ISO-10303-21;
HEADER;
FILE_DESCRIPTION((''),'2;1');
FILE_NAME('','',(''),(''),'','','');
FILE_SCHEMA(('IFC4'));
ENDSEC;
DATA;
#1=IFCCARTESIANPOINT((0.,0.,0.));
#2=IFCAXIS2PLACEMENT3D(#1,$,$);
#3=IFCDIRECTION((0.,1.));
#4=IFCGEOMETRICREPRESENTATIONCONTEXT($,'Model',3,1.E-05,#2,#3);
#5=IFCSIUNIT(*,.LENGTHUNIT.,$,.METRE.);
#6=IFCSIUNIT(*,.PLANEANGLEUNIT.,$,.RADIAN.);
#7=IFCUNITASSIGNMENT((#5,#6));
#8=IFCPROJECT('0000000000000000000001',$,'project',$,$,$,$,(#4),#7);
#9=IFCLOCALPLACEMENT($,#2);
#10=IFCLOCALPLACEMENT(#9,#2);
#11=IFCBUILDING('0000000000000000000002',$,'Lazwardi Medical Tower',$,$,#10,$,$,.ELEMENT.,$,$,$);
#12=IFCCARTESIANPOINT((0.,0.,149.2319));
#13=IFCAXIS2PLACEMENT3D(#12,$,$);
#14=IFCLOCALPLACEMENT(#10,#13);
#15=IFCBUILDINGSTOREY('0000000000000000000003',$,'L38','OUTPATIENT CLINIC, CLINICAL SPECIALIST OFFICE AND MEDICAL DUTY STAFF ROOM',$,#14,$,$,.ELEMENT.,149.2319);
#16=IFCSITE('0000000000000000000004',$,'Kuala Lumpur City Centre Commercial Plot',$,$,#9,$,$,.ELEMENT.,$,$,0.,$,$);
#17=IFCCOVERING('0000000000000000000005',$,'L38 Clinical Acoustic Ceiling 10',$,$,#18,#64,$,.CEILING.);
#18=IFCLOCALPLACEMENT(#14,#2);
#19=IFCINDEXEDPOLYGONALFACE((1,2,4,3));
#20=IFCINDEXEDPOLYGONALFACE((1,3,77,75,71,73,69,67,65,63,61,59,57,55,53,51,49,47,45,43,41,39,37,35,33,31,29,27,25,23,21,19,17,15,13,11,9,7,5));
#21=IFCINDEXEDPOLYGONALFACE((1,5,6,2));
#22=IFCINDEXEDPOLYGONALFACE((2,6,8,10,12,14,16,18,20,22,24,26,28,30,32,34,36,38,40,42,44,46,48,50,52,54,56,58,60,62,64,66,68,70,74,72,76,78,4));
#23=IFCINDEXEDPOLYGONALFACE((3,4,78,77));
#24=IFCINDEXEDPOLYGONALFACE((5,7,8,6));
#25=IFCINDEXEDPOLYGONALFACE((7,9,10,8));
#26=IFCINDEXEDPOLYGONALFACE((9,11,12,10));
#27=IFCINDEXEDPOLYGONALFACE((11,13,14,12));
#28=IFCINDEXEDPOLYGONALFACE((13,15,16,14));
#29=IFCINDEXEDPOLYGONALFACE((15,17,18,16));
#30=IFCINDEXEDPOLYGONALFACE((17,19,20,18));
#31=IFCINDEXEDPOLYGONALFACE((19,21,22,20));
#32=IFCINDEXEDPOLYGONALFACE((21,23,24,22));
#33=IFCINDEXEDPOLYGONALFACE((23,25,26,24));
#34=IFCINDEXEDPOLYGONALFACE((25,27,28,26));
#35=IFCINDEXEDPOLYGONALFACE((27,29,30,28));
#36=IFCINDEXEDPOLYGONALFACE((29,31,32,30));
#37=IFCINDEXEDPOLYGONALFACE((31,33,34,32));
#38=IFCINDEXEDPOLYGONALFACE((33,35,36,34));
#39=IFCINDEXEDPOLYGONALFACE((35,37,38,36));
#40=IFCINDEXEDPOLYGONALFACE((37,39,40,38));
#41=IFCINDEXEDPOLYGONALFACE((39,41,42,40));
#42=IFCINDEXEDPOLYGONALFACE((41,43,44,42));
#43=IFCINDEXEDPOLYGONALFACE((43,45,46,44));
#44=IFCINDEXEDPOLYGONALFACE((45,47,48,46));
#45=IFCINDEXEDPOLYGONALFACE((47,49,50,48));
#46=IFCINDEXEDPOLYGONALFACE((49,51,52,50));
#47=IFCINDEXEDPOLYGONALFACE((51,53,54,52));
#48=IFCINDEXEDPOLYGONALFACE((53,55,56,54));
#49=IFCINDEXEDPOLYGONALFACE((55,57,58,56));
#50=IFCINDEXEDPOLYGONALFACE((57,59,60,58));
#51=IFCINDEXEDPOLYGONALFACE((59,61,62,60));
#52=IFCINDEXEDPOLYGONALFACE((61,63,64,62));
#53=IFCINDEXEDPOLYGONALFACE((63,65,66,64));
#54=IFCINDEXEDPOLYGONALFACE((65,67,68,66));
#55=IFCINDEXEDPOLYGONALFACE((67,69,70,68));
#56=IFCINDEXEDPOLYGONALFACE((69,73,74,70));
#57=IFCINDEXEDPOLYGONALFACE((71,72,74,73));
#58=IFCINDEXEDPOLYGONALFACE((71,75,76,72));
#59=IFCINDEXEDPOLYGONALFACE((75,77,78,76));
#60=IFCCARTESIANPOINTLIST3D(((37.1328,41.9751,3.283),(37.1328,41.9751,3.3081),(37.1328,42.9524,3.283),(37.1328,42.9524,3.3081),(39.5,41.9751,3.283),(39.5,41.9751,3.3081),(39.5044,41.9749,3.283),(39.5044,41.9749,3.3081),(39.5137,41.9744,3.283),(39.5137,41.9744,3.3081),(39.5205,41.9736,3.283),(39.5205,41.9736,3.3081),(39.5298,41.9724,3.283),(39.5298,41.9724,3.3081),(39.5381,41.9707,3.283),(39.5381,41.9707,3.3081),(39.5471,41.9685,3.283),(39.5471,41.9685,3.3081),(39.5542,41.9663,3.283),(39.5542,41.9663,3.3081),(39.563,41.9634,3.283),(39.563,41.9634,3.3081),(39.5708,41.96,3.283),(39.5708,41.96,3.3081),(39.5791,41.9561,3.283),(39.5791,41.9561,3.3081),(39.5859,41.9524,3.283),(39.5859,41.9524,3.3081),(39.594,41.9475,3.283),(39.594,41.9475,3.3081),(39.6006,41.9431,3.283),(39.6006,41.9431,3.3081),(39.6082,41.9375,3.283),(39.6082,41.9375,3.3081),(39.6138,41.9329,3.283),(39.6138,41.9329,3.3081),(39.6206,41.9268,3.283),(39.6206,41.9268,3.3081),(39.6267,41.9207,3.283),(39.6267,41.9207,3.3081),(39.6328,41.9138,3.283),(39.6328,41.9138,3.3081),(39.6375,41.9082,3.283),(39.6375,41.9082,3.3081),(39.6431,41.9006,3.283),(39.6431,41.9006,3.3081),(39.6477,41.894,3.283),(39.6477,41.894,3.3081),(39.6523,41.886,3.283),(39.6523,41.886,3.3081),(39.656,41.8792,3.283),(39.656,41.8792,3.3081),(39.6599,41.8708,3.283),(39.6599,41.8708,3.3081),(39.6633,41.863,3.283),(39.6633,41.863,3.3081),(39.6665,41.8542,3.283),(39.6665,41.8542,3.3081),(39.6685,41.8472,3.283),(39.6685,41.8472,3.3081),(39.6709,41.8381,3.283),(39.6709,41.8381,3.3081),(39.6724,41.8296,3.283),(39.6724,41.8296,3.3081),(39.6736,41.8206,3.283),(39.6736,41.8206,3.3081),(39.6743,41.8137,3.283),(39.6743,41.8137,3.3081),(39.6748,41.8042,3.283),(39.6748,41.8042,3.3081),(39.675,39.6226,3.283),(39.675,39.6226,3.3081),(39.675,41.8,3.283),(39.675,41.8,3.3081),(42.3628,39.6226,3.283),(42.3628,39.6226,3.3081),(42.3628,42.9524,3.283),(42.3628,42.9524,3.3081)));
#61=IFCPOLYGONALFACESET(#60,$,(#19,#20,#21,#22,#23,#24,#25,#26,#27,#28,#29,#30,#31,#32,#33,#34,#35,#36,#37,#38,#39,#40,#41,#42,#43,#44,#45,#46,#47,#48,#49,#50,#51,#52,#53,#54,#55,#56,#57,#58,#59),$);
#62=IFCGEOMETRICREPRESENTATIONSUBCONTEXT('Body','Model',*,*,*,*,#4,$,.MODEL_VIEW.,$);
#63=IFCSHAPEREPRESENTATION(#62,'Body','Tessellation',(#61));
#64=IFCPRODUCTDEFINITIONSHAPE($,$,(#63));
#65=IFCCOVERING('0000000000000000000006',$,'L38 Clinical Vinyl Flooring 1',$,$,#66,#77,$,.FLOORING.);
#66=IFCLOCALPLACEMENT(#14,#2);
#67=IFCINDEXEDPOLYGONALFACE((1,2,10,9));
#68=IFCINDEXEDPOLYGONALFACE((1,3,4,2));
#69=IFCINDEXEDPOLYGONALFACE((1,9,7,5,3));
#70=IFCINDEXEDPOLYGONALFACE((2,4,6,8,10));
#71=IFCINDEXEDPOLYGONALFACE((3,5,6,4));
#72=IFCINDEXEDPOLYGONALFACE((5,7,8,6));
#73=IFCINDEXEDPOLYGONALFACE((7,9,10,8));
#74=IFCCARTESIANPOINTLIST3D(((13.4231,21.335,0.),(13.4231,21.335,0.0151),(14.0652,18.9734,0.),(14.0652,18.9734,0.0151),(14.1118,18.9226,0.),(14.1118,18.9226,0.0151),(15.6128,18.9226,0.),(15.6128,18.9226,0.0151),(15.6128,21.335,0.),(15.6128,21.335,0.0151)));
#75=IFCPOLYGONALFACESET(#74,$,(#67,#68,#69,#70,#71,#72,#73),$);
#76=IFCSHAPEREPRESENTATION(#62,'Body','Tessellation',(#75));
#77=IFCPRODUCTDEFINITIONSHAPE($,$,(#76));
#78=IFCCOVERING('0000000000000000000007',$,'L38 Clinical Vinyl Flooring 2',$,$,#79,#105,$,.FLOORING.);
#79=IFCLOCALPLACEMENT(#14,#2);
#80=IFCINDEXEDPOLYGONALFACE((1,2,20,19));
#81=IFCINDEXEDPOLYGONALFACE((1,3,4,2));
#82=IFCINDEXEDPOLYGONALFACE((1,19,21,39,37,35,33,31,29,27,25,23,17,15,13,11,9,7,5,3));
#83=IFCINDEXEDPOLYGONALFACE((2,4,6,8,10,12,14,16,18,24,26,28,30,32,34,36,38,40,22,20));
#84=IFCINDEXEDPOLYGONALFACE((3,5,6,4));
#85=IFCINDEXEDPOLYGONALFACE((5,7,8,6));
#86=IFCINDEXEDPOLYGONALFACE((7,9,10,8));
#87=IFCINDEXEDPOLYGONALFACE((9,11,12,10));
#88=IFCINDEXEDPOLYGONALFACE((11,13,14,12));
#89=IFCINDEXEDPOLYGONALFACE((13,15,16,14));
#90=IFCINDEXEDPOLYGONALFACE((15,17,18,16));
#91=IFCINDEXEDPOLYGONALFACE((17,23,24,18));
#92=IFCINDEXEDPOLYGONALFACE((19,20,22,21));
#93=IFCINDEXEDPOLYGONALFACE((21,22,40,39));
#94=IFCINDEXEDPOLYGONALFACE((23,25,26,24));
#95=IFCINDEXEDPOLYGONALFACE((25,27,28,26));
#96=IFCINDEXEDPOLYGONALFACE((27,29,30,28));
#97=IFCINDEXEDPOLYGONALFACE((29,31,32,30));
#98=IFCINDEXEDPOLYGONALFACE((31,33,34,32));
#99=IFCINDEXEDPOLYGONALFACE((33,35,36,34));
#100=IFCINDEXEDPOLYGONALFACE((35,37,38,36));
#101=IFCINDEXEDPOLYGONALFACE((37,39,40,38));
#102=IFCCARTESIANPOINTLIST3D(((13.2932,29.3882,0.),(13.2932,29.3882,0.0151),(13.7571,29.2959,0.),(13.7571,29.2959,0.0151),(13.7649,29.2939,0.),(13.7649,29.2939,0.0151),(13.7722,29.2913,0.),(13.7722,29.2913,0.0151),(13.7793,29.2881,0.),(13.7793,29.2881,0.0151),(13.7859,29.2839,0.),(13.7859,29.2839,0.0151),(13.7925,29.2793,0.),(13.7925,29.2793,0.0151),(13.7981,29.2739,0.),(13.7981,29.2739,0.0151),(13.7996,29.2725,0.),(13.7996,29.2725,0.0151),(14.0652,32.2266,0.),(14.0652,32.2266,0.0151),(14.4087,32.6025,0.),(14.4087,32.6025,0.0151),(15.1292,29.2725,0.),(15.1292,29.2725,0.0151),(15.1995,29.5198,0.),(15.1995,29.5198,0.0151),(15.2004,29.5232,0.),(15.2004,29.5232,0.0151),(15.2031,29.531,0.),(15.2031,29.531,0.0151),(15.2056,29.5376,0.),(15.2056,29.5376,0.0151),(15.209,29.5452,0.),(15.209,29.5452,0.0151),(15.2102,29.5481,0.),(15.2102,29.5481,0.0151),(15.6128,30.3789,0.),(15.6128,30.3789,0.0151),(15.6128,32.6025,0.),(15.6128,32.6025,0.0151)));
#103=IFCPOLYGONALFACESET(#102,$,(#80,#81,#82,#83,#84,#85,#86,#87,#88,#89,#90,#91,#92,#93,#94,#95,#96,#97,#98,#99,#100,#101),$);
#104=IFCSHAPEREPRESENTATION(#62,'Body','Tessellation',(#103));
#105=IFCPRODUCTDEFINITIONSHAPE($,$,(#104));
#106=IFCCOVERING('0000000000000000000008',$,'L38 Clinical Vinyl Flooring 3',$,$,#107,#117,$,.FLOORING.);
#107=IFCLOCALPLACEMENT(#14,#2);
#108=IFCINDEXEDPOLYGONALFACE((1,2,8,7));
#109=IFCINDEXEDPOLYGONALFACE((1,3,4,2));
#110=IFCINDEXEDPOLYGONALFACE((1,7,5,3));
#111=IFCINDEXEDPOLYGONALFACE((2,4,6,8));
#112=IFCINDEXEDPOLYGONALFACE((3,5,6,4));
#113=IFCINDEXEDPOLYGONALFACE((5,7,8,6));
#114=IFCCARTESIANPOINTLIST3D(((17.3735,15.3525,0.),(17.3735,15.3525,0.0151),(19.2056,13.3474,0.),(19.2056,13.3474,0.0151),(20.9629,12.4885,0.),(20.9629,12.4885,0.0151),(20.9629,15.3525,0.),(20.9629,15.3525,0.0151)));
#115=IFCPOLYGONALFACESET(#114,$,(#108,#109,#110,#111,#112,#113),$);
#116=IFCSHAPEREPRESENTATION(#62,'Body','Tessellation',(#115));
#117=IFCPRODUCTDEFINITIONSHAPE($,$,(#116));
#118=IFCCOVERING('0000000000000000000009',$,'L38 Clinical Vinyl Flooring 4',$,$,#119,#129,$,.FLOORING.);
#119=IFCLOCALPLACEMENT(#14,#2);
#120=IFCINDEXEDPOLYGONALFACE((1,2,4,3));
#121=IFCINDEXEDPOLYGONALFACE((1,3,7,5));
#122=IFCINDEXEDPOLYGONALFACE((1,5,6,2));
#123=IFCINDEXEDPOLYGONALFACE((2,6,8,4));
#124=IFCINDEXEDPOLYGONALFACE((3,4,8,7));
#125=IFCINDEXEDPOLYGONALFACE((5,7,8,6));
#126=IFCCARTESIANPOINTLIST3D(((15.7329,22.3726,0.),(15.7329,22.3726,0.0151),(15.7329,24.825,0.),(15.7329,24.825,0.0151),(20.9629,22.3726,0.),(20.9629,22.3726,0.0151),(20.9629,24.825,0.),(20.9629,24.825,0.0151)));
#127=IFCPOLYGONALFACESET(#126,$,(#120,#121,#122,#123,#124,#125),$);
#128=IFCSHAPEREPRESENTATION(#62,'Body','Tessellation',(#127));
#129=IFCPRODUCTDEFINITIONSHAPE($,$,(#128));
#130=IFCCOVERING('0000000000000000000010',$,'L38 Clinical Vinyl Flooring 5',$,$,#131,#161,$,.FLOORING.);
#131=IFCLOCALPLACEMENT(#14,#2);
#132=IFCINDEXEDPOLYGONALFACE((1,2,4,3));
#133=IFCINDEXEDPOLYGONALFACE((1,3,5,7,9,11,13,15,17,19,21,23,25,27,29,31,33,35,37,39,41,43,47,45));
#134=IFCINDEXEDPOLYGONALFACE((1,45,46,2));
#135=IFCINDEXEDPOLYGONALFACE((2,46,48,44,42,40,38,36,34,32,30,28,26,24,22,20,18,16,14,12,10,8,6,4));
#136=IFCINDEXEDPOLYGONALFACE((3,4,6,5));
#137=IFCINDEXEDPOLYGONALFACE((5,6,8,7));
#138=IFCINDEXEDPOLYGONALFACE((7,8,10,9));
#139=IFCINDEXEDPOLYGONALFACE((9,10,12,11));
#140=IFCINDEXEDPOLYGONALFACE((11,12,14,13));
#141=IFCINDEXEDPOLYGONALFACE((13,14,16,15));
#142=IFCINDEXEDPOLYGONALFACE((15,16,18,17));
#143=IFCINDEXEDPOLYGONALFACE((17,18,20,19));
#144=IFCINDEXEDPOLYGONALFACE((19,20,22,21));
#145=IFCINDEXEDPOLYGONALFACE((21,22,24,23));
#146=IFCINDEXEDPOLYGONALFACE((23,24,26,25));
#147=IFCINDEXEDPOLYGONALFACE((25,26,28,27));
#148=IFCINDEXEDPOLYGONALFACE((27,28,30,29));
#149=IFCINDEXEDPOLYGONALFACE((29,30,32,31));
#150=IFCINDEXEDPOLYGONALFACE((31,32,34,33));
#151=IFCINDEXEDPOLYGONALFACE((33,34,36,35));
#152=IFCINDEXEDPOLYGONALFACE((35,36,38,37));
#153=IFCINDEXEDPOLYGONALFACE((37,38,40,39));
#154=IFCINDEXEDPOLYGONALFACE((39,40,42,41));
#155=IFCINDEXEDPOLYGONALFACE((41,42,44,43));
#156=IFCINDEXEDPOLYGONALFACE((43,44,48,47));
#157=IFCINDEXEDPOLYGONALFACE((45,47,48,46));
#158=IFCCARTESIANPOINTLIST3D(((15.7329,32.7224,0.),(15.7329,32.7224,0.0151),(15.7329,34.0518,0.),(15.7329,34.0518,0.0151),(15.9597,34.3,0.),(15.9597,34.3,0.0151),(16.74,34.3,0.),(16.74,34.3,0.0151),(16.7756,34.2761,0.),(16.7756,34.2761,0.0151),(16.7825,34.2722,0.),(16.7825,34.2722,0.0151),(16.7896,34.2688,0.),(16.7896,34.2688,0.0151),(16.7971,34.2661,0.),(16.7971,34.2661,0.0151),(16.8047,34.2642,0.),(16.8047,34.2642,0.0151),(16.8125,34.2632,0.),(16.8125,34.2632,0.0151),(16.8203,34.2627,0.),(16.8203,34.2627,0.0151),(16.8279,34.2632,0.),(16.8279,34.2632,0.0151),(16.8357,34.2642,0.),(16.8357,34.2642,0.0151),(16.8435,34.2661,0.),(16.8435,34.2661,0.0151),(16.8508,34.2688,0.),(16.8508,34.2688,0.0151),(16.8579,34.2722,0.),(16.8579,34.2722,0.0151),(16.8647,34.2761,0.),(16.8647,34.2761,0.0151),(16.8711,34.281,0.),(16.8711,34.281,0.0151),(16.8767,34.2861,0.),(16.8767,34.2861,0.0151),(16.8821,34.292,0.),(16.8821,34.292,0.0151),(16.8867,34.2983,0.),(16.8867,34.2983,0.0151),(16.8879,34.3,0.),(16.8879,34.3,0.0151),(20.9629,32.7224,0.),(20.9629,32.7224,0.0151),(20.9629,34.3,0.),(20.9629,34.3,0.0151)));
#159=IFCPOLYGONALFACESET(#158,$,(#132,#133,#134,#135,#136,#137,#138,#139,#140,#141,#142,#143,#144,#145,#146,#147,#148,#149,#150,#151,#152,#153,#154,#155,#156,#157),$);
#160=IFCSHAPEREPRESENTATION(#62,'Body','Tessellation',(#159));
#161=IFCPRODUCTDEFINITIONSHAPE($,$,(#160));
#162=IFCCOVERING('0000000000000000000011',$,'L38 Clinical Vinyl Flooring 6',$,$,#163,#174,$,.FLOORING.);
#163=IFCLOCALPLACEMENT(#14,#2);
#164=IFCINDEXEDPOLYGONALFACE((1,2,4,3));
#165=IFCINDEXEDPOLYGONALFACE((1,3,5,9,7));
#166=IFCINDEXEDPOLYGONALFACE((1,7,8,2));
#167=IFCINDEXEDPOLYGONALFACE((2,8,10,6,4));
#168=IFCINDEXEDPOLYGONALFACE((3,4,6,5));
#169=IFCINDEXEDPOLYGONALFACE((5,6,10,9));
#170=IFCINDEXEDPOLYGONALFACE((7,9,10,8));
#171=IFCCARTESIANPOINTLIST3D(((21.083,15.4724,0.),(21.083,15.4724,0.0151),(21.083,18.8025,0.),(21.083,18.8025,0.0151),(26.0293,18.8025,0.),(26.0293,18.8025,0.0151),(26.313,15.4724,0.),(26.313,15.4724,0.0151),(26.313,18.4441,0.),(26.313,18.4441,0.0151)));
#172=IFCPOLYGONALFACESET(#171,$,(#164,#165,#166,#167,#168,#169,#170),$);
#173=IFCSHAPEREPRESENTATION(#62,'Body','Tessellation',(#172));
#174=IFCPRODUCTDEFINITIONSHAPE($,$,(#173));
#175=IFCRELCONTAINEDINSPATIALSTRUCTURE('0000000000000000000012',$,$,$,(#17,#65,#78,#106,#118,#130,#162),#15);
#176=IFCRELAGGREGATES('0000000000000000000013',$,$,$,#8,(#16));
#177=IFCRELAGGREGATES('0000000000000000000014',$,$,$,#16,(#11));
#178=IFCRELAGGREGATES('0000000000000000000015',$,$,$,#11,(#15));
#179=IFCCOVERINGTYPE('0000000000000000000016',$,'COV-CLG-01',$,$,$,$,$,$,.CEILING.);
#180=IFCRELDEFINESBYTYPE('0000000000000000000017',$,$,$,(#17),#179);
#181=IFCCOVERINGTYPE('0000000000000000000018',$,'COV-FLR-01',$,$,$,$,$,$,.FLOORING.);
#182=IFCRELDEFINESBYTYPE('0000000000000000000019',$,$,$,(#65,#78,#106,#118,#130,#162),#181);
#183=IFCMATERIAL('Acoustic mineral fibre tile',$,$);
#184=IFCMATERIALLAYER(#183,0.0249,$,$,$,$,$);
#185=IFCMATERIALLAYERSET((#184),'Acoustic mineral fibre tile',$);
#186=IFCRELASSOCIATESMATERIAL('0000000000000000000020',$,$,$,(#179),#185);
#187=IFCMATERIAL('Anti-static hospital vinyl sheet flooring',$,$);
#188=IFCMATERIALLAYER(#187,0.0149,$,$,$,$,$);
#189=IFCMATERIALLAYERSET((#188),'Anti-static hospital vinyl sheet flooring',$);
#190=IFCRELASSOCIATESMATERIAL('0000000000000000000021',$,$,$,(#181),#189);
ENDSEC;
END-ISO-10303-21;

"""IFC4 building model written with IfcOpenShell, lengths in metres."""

from ifc_helpers import new_model, si_unit, direction, frame, origin, place, context, subcontext, project, spatial, polyline, outline, extrude, material, layer, layer_set, type_object, element, save


model = new_model("IFC4")

# Units and contexts
model_context = context("Model", 3, precision=1e-05, world=origin(), true_north=direction((0.0, 1.0)))
body_context = subcontext(model_context, "Body", "Model", "MODEL_VIEW")
ifc_project = project(units=[si_unit("LENGTHUNIT", "METRE"), si_unit("PLANEANGLEUNIT", "RADIAN")], contexts=[model_context])

# Site, building, storey
site_placement = place(None, origin())
site = spatial("IfcSite", under=ifc_project, at=site_placement, Name="Kuala Lumpur City Centre Commercial Plot", CompositionType="ELEMENT", RefElevation=0.0)
building_placement = place(site_placement, origin())
building = spatial("IfcBuilding", under=site, at=building_placement, Name="Lazwardi Medical Tower", CompositionType="ELEMENT")
storey_placement = place(building_placement, frame((0.0, 0.0, 149.2319)))
storey = spatial("IfcBuildingStorey", under=building, at=storey_placement, Name="L38", Description="OUTPATIENT CLINIC, CLINICAL SPECIALIST OFFICE AND MEDICAL DUTY STAFF ROOM", CompositionType="ELEMENT", Elevation=149.2319)

# Coverings
ifc_material_1 = material(Name="Acoustic mineral fibre tile")
ifc_layer_1 = layer(ifc_material_1, 0.0249)
ifc_layer_set_1 = layer_set([ifc_layer_1], Name="Acoustic mineral fibre tile")
covering_type_1 = type_object("IfcCoveringType", Name="COV-CLG-01", PredefinedType="CEILING", material=ifc_layer_set_1)
covering_1_placement = place(storey_placement, frame((0.0, 0.0, 3.283)))
element("IfcCovering", 1, at=covering_1_placement, inside=storey, type_object=covering_type_1, Name="L38 Clinical Acoustic Ceiling 10", PredefinedType="CEILING", context=body_context, shape_type="SweptSolid", body=[
    extrude(outline(polyline([(37.1328, 41.9751), (39.5, 41.9751), (39.5044, 41.9749), (39.5137, 41.9744), (39.5205, 41.9736), (39.5298, 41.9724), (39.5381, 41.9707), (39.5471, 41.9685), (39.5542, 41.9663), (39.563, 41.9634), (39.5708, 41.96), (39.5791, 41.9561), (39.5859, 41.9524), (39.594, 41.9475), (39.6006, 41.9431), (39.6082, 41.9375), (39.6138, 41.9329), (39.6206, 41.9268), (39.6267, 41.9207), (39.6328, 41.9138), (39.6375, 41.9082), (39.6431, 41.9006), (39.6477, 41.894), (39.6523, 41.886), (39.656, 41.8792), (39.6599, 41.8708), (39.6633, 41.863), (39.6665, 41.8542), (39.6685, 41.8472), (39.6709, 41.8381), (39.6724, 41.8296), (39.6736, 41.8206), (39.6743, 41.8137), (39.6748, 41.8042), (39.675, 41.8), (39.675, 39.6226), (42.3628, 39.6226), (42.3628, 42.9524), (37.1328, 42.9524), (37.1328, 41.9751)])), origin(), (0.0, 0.0, 1.0), 0.0251),
])
ifc_material_2 = material(Name="Anti-static hospital vinyl sheet flooring")
ifc_layer_2 = layer(ifc_material_2, 0.0149)
ifc_layer_set_2 = layer_set([ifc_layer_2], Name="Anti-static hospital vinyl sheet flooring")
covering_type_2 = type_object("IfcCoveringType", Name="COV-FLR-01", PredefinedType="FLOORING", material=ifc_layer_set_2)
covering_2_placement = place(storey_placement, origin())
element("IfcCovering", 2, at=covering_2_placement, inside=storey, type_object=covering_type_2, Name="L38 Clinical Vinyl Flooring 1", PredefinedType="FLOORING", context=body_context, shape_type="SweptSolid", body=[
    extrude(outline(polyline([(15.6128, 21.335), (13.4231, 21.335), (14.0652, 18.9734), (14.1118, 18.9226), (15.6128, 18.9226), (15.6128, 21.335)])), origin(), (0.0, 0.0, 1.0), 0.0151),
])
covering_3_placement = place(storey_placement, origin())
element("IfcCovering", 3, at=covering_3_placement, inside=storey, type_object=covering_type_2, Name="L38 Clinical Vinyl Flooring 2", PredefinedType="FLOORING", context=body_context, shape_type="SweptSolid", body=[
    extrude(outline(polyline([(14.4087, 32.6025), (14.0652, 32.2266), (13.2932, 29.3882), (13.7571, 29.2959), (13.7649, 29.2939), (13.7722, 29.2913), (13.7793, 29.2881), (13.7859, 29.2839), (13.7925, 29.2793), (13.7981, 29.2739), (13.7996, 29.2725), (15.1292, 29.2725), (15.1995, 29.5198), (15.2004, 29.5232), (15.2031, 29.531), (15.2056, 29.5376), (15.209, 29.5452), (15.2102, 29.5481), (15.6128, 30.3789), (15.6128, 32.6025), (14.4087, 32.6025)])), origin(), (0.0, 0.0, 1.0), 0.0151),
])
covering_4_placement = place(storey_placement, origin())
element("IfcCovering", 4, at=covering_4_placement, inside=storey, type_object=covering_type_2, Name="L38 Clinical Vinyl Flooring 3", PredefinedType="FLOORING", context=body_context, shape_type="SweptSolid", body=[
    extrude(outline(polyline([(17.3735, 15.3525), (19.2056, 13.3474), (20.9629, 12.4885), (20.9629, 15.3525), (17.3735, 15.3525)])), origin(), (0.0, 0.0, 1.0), 0.0151),
])
covering_5_placement = place(storey_placement, origin())
element("IfcCovering", 5, at=covering_5_placement, inside=storey, type_object=covering_type_2, Name="L38 Clinical Vinyl Flooring 4", PredefinedType="FLOORING", context=body_context, shape_type="SweptSolid", body=[
    extrude(outline(polyline([(20.9629, 24.825), (15.7329, 24.825), (15.7329, 22.3726), (20.9629, 22.3726), (20.9629, 24.825)])), origin(), (0.0, 0.0, 1.0), 0.0151),
])
covering_6_placement = place(storey_placement, origin())
element("IfcCovering", 6, at=covering_6_placement, inside=storey, type_object=covering_type_2, Name="L38 Clinical Vinyl Flooring 5", PredefinedType="FLOORING", context=body_context, shape_type="SweptSolid", body=[
    extrude(outline(polyline([(20.9629, 34.3), (16.8879, 34.3), (16.8867, 34.2983), (16.8821, 34.292), (16.8767, 34.2861), (16.8711, 34.281), (16.8647, 34.2761), (16.8579, 34.2722), (16.8508, 34.2688), (16.8435, 34.2661), (16.8357, 34.2642), (16.8279, 34.2632), (16.8203, 34.2627), (16.8125, 34.2632), (16.8047, 34.2642), (16.7971, 34.2661), (16.7896, 34.2688), (16.7825, 34.2722), (16.7756, 34.2761), (16.74, 34.3), (15.9597, 34.3), (15.7329, 34.0518), (15.7329, 32.7224), (20.9629, 32.7224), (20.9629, 34.3)])), origin(), (0.0, 0.0, 1.0), 0.0151),
])
covering_7_placement = place(storey_placement, origin())
element("IfcCovering", 7, at=covering_7_placement, inside=storey, type_object=covering_type_2, Name="L38 Clinical Vinyl Flooring 6", PredefinedType="FLOORING", context=body_context, shape_type="SweptSolid", body=[
    extrude(outline(polyline([(26.313, 18.4441), (26.0293, 18.8025), (21.083, 18.8025), (21.083, 15.4724), (26.313, 15.4724), (26.313, 18.4441)])), origin(), (0.0, 0.0, 1.0), 0.0151),
])

save(model, "model.ifc")
